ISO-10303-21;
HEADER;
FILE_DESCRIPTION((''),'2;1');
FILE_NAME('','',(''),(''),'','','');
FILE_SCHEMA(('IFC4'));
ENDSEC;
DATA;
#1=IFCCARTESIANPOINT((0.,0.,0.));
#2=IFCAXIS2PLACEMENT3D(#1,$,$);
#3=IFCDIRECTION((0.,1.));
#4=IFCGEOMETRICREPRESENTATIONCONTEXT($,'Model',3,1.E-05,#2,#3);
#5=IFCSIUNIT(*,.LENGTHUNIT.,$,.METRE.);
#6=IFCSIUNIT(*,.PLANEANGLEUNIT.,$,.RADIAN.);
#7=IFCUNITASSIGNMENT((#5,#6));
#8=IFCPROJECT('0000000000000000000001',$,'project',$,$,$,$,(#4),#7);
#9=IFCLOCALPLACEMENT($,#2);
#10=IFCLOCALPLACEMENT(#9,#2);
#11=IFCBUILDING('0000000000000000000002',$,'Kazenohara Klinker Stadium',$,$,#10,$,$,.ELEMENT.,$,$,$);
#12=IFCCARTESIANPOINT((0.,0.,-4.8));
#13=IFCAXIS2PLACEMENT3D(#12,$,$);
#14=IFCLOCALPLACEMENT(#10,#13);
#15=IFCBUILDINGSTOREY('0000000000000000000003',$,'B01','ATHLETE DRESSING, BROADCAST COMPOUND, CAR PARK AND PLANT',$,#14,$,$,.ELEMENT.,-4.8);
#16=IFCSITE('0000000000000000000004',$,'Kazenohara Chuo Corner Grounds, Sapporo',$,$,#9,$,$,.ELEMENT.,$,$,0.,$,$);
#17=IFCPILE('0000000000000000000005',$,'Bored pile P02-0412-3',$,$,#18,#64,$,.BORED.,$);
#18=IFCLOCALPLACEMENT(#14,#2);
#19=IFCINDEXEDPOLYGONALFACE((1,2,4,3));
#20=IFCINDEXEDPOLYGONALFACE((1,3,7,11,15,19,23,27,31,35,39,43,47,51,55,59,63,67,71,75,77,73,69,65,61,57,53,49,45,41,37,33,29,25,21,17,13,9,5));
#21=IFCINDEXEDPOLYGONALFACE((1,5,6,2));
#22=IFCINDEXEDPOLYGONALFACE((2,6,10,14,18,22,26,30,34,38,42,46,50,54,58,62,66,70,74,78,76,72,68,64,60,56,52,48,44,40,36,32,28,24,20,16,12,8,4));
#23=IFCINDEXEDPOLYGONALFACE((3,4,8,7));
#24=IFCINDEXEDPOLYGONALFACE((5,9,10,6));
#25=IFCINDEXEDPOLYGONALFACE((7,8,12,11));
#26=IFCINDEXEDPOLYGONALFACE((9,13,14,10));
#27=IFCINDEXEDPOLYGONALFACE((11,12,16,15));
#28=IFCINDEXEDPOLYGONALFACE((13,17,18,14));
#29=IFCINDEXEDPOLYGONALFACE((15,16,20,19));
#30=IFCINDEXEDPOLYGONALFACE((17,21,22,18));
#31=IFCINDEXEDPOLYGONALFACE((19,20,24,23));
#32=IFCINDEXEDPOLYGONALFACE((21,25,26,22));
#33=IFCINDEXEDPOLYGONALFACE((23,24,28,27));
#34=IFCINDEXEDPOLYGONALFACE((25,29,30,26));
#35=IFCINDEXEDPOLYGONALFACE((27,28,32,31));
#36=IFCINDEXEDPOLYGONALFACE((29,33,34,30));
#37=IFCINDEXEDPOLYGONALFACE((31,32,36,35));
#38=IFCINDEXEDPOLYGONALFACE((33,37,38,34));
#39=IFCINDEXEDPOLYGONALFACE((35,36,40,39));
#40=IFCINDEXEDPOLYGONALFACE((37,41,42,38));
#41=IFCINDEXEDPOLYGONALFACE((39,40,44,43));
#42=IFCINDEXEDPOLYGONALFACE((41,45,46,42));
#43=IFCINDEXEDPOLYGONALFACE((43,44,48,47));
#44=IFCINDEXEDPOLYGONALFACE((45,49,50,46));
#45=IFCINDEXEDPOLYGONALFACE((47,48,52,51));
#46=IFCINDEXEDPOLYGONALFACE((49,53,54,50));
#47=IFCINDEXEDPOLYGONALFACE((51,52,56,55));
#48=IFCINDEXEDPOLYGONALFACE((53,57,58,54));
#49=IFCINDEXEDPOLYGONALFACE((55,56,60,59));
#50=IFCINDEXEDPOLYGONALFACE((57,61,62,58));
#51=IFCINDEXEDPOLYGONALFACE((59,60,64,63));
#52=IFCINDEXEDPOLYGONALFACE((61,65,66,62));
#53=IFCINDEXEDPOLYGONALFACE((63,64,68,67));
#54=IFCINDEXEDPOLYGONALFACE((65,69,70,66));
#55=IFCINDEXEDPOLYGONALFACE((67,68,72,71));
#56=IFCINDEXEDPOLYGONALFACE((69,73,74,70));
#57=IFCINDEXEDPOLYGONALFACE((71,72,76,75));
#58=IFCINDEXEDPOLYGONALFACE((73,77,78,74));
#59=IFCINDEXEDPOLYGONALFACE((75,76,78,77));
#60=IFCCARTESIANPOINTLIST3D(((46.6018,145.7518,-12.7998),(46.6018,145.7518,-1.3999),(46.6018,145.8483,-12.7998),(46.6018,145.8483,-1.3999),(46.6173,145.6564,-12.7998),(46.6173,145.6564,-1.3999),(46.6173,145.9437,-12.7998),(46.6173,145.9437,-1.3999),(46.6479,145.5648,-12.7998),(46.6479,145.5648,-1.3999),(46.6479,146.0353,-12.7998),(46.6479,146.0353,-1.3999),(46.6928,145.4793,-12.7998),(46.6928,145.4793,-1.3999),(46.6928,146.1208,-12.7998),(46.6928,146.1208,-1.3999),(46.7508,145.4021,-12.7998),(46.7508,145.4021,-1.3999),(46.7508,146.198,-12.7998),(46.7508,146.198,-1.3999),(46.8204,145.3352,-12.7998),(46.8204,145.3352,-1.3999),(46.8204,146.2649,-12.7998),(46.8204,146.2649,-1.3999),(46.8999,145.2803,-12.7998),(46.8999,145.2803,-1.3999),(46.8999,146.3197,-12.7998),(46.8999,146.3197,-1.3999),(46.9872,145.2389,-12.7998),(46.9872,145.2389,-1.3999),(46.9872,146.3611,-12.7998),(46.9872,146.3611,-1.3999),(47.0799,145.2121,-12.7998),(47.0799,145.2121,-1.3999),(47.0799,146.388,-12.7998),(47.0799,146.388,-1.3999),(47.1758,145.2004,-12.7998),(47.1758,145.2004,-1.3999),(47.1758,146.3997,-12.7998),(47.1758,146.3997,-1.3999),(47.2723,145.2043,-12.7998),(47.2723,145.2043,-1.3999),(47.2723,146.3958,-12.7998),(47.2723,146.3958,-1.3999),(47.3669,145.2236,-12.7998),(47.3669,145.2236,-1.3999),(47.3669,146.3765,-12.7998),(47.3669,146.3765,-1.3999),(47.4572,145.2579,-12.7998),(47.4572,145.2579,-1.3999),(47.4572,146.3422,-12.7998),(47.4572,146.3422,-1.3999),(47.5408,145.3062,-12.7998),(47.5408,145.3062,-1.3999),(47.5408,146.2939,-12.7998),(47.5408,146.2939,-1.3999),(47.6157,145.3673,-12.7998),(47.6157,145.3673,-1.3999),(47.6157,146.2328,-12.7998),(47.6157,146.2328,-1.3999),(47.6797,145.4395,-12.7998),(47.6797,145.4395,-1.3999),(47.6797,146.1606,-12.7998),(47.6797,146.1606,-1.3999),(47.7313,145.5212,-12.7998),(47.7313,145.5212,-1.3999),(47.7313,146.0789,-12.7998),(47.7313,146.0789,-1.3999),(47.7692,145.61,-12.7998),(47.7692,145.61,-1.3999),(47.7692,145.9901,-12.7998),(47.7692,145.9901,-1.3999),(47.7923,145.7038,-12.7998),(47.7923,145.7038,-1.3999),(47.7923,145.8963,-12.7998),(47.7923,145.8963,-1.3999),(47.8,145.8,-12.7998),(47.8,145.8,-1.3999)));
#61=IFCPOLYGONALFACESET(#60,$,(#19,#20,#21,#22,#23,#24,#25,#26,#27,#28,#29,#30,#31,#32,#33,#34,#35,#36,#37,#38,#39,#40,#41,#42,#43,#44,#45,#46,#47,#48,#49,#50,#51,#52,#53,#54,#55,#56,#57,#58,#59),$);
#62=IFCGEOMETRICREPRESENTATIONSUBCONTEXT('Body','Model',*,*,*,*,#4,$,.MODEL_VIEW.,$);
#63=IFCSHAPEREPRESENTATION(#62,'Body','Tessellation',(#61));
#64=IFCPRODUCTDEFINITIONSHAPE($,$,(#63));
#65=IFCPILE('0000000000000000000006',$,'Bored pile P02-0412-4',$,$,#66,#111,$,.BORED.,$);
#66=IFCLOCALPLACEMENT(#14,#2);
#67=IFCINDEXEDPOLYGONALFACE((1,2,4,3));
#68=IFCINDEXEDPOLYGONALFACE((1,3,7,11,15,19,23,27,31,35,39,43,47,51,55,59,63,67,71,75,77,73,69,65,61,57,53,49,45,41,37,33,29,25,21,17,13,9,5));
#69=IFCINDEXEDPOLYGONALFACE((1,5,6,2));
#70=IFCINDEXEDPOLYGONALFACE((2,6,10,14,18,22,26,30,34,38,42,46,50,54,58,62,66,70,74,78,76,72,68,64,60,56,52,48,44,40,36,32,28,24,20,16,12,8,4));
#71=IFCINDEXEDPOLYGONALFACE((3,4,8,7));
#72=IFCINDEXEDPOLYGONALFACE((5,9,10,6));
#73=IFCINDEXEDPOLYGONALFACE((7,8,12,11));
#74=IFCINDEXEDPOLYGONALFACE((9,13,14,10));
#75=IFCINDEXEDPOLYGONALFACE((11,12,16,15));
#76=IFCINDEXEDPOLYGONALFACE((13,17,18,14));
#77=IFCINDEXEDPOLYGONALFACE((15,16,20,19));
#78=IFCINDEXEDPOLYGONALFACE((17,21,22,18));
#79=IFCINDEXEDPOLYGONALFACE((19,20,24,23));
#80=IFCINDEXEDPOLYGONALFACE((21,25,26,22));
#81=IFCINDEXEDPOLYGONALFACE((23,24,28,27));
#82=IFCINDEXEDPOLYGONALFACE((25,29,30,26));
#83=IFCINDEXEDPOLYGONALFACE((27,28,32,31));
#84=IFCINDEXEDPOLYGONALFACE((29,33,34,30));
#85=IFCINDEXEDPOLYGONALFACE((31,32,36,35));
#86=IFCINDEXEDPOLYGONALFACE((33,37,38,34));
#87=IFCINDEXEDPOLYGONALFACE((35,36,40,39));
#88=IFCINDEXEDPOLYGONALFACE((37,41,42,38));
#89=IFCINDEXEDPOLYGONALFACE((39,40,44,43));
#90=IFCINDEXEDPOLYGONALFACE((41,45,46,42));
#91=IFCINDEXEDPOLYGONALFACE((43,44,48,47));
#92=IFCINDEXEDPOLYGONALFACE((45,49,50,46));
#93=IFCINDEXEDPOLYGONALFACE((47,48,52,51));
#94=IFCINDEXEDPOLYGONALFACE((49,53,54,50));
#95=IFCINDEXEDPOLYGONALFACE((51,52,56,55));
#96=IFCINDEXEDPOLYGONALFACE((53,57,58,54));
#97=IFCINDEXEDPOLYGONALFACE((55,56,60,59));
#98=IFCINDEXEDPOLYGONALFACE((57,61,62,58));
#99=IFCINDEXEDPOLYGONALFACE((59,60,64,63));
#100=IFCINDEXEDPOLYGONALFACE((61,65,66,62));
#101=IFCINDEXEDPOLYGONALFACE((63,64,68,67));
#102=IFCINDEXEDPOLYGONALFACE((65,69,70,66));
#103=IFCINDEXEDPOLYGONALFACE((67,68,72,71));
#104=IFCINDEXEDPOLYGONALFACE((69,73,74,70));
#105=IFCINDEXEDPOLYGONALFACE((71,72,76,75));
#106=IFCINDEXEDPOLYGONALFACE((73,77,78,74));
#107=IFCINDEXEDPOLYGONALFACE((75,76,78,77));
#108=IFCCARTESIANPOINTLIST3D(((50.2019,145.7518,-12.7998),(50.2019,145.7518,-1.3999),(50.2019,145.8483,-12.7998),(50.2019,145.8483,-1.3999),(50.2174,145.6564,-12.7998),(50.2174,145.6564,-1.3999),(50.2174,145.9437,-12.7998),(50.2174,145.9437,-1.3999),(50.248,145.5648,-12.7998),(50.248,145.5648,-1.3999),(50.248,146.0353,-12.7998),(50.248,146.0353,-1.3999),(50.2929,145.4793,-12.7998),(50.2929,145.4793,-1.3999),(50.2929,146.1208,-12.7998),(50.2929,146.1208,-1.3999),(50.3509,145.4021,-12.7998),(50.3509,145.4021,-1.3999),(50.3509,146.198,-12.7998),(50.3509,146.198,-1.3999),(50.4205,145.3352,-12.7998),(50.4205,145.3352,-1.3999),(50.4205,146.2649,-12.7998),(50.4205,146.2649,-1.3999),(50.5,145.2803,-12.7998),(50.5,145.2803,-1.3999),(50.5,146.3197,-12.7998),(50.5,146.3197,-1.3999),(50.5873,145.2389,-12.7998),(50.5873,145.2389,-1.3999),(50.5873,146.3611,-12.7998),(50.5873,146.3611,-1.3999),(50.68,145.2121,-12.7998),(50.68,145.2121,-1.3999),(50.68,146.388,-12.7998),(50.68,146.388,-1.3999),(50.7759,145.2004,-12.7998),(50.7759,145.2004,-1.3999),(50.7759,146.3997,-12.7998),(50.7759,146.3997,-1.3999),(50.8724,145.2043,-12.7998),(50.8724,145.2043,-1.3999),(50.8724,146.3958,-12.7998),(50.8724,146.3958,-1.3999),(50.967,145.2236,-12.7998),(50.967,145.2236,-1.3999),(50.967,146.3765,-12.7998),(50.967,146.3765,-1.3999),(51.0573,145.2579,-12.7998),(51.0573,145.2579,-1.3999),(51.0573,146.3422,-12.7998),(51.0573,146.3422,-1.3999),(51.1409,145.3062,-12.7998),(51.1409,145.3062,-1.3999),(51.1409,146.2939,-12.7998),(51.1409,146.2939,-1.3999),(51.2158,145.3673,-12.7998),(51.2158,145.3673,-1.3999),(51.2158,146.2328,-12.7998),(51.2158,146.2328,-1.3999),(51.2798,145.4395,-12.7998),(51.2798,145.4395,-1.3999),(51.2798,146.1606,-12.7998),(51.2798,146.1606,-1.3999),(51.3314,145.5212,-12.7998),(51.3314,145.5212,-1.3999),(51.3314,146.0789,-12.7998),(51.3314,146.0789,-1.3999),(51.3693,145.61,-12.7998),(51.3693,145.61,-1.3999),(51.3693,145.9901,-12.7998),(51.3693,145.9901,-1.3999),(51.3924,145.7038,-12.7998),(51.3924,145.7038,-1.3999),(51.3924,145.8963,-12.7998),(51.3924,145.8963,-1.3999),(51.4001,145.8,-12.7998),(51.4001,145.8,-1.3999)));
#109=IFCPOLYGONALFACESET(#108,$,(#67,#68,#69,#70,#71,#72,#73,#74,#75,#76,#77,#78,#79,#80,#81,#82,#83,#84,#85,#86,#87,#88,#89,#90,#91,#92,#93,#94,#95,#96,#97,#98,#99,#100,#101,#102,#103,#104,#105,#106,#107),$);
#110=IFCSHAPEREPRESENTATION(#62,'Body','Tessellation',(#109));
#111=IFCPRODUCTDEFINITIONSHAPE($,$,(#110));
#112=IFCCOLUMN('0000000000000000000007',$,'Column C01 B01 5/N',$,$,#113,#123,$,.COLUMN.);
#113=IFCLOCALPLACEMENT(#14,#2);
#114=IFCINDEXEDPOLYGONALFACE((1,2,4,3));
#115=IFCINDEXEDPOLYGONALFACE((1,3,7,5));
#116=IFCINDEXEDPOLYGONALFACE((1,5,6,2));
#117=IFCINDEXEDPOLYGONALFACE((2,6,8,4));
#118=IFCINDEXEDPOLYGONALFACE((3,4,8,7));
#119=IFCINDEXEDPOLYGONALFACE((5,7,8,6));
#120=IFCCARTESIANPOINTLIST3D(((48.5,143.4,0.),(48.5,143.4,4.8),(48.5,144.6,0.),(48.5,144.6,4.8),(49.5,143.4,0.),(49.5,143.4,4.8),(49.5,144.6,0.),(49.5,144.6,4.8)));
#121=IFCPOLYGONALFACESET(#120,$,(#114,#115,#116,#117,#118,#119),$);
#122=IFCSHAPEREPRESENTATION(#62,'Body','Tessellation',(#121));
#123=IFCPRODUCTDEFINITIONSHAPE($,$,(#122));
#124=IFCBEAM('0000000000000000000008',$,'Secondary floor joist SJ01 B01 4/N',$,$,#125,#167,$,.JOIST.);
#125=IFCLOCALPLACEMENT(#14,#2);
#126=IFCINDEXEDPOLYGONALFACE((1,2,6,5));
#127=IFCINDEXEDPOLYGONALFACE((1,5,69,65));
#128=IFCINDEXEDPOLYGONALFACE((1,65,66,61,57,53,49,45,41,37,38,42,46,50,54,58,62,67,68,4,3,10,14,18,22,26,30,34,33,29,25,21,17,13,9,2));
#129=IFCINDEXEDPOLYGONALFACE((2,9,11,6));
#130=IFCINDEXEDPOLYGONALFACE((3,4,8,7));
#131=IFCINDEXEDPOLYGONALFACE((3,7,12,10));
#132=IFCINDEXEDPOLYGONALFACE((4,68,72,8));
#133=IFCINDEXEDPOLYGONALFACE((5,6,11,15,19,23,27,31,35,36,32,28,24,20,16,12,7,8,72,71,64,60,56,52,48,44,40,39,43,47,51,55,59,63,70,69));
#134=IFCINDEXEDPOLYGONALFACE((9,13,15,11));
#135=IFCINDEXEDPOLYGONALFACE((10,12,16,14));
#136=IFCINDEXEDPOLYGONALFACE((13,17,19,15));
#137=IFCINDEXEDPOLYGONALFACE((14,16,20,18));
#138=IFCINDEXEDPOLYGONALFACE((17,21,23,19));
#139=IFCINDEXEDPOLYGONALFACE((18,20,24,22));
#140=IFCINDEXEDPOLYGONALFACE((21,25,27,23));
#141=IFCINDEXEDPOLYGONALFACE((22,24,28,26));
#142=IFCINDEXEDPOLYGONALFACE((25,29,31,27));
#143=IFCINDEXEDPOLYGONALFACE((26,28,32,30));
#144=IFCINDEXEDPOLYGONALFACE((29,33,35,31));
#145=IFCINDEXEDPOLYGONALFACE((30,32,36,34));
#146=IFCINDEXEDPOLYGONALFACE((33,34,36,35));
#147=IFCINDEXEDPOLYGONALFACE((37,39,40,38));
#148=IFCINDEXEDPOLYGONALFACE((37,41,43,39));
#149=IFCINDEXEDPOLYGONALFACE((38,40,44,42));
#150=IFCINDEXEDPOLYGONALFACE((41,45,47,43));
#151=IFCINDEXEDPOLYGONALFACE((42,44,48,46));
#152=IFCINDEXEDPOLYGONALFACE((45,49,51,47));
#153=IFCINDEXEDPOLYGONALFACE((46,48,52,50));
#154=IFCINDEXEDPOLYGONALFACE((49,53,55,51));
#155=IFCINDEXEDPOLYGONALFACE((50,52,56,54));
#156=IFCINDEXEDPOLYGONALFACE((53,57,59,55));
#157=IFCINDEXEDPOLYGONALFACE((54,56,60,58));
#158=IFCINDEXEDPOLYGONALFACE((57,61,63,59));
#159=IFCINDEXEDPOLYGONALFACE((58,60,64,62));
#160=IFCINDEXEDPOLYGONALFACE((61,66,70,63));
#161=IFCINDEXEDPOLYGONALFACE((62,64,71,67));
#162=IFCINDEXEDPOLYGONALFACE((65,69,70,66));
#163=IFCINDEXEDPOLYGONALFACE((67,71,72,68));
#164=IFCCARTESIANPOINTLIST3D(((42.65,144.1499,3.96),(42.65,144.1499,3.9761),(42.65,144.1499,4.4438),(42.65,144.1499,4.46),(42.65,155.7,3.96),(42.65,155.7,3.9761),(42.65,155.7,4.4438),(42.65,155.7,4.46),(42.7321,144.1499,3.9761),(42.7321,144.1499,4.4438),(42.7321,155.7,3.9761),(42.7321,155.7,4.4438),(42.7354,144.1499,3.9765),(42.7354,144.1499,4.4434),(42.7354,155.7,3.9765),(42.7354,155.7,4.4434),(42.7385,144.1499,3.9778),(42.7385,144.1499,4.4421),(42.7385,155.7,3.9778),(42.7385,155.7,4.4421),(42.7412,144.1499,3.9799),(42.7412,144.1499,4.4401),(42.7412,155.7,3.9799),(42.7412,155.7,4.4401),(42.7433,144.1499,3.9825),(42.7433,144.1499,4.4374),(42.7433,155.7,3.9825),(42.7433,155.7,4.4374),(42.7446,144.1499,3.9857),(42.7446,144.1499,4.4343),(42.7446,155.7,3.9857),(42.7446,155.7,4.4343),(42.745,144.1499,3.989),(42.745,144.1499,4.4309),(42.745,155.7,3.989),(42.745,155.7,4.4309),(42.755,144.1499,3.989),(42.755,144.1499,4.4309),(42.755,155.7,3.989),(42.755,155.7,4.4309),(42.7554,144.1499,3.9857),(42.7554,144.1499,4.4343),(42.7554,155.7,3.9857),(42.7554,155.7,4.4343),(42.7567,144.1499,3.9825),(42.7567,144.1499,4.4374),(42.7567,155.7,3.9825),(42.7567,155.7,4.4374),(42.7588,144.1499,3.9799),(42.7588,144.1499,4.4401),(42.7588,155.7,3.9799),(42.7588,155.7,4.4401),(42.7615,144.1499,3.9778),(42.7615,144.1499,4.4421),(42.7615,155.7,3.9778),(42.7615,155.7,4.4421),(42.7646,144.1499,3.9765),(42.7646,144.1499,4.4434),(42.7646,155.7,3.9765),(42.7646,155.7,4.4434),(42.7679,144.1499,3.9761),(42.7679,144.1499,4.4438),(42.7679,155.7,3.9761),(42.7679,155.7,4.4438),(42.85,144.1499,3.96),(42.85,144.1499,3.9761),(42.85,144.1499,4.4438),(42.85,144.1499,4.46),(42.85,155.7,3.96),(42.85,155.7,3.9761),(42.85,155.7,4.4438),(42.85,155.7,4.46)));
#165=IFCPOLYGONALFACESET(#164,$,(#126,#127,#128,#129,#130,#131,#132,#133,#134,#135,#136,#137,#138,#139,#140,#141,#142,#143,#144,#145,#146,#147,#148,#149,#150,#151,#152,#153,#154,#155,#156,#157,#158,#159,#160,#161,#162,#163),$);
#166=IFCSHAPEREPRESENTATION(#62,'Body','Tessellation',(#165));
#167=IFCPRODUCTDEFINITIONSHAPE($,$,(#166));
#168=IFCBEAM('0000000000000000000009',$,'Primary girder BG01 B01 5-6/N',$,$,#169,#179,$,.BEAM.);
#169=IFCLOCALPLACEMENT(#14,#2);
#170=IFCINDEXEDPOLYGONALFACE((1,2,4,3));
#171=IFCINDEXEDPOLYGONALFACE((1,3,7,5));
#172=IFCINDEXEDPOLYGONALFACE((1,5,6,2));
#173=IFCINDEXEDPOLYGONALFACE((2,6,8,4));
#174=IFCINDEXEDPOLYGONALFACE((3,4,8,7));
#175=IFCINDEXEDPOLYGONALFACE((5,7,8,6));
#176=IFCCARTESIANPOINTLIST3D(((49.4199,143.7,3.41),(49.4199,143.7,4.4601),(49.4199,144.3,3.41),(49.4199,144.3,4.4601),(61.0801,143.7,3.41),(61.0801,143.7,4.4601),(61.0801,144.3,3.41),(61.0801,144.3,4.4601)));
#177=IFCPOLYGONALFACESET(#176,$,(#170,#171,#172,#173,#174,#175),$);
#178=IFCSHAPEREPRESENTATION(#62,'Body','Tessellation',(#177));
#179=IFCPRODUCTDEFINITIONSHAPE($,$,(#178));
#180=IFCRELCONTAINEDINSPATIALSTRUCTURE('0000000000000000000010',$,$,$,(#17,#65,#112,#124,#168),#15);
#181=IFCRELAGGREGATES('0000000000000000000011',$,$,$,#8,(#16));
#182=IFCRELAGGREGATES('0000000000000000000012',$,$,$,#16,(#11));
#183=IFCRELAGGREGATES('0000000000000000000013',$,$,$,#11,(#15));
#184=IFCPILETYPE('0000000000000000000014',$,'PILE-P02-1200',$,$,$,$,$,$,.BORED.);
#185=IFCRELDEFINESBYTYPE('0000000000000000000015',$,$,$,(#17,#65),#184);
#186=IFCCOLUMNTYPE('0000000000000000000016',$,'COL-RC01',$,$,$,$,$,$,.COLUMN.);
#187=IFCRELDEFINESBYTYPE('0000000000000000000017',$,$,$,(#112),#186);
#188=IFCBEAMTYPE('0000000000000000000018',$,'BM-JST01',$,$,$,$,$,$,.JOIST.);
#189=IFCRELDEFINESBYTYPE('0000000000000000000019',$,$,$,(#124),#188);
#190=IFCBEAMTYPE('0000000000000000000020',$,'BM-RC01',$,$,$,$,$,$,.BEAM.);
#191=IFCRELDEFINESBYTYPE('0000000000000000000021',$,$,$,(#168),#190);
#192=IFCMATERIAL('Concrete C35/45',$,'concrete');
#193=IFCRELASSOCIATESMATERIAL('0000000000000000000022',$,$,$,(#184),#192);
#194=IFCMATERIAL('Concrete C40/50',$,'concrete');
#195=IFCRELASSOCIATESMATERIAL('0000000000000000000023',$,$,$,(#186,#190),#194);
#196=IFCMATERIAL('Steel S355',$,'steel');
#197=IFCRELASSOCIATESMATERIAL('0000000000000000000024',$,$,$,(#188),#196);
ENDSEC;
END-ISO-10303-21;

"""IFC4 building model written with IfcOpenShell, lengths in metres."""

from ifc_helpers import new_model, si_unit, direction, frame, origin, origin_2d, place, context, subcontext, project, spatial, rectangle, circle, i_section, extrude, material, material_profile, profile_set, type_object, element, save


model = new_model("IFC4")

# Units and contexts
model_context = context("Model", 3, precision=1e-05, world=origin(), true_north=direction((0.0, 1.0)))
body_context = subcontext(model_context, "Body", "Model", "MODEL_VIEW")
ifc_project = project(units=[si_unit("LENGTHUNIT", "METRE"), si_unit("PLANEANGLEUNIT", "RADIAN")], contexts=[model_context])

# Site, building, storey
site_placement = place(None, origin())
site = spatial("IfcSite", under=ifc_project, at=site_placement, Name="Kazenohara Chuo Corner Grounds, Sapporo", CompositionType="ELEMENT", RefElevation=0.0)
building_placement = place(site_placement, origin())
building = spatial("IfcBuilding", under=site, at=building_placement, Name="Kazenohara Klinker Stadium", CompositionType="ELEMENT")
storey_placement = place(building_placement, frame((0.0, 0.0, -4.8)))
storey = spatial("IfcBuildingStorey", under=building, at=storey_placement, Name="B01", Description="ATHLETE DRESSING, BROADCAST COMPOUND, CAR PARK AND PLANT", CompositionType="ELEMENT", Elevation=-4.8)

# Shared definitions
ifc_material_1 = material(Name="Concrete C35/45", Category="concrete")

# Piles
ifc_material_profile_1 = material_profile(ifc_material_1, circle(Radius=0.6001, at=origin_2d()), Name="BORED-PILE-1200")
ifc_profile_set_1 = profile_set([ifc_material_profile_1], Name="Concrete C35/45")
pile_type_1 = type_object("IfcPileType", Name="PILE-P02-1200", PredefinedType="BORED", material=ifc_profile_set_1)
for number, where, z_axis, x_axis, name in (
    (1, (47.2, 145.8, -1.3999), (0.0, 0.0, -1.0), (1.0, 0.0, 0.0), "Bored pile P02-0412-3"),
    (2, (50.8, 145.8, -1.3999), (0.0, 0.0, -1.0), (1.0, 0.0, 0.0), "Bored pile P02-0412-4"),
):
    element("IfcPile", number, at=place(storey_placement, frame(where, z_axis=z_axis, x_axis=x_axis)), inside=storey, type_object=pile_type_1, Name=name, PredefinedType="BORED", context=body_context, shape_type="SweptSolid", body=[
        extrude(circle(Radius=0.6001, at=origin_2d()), origin(), (0.0, 0.0, 1.0), 11.3999),
    ])

# Column
ifc_material_2 = material(Name="Concrete C40/50", Category="concrete")
ifc_material_profile_2 = material_profile(ifc_material_2, rectangle(XDim=1.0, YDim=1.2, at=origin_2d()), Name="RC-COL-1200x1000")
ifc_profile_set_2 = profile_set([ifc_material_profile_2], Name="Concrete C40/50")
column_type = type_object("IfcColumnType", Name="COL-RC01", PredefinedType="COLUMN", material=ifc_profile_set_2)
column_placement = place(storey_placement, frame((49.0, 144.0, 0.0), z_axis=(0.0, 0.0, 1.0), x_axis=(1.0, 0.0, 0.0)))
element("IfcColumn", 3, at=column_placement, inside=storey, type_object=column_type, Name="Column C01 B01 5/N", PredefinedType="COLUMN", context=body_context, shape_type="SweptSolid", body=[
    extrude(rectangle(XDim=1.0, YDim=1.2, at=origin_2d()), origin(), (0.0, 0.0, 1.0), 4.8),
])

# Beams
ifc_material_3 = material(Name="Steel S355", Category="steel")
ifc_material_profile_3 = material_profile(ifc_material_3, i_section(OverallWidth=0.2, OverallDepth=0.5, WebThickness=0.01, FlangeThickness=0.0161, FilletRadius=0.0129, at=origin_2d()), Name="H-500x200x10x16")
ifc_profile_set_3 = profile_set([ifc_material_profile_3], Name="Steel S355")
beam_type_1 = type_object("IfcBeamType", Name="BM-JST01", PredefinedType="JOIST", material=ifc_profile_set_3)
beam_1_placement = place(storey_placement, frame((42.75, 144.1499, 4.21), z_axis=(0.0, 1.0, 0.0), x_axis=(-1.0, 0.0, 0.0)))
element("IfcBeam", 4, at=beam_1_placement, inside=storey, type_object=beam_type_1, Name="Secondary floor joist SJ01 B01 4/N", PredefinedType="JOIST", context=body_context, shape_type="SweptSolid", body=[
    extrude(i_section(OverallWidth=0.2, OverallDepth=0.5, WebThickness=0.01, FlangeThickness=0.0161, FilletRadius=0.0129, at=origin_2d()), origin(), (0.0, 0.0, 1.0), 11.55),
])
ifc_material_profile_4 = material_profile(ifc_material_2, rectangle(XDim=0.6001, YDim=1.05, at=origin_2d()), Name="RC-BM-600x1050")
ifc_profile_set_4 = profile_set([ifc_material_profile_4], Name="Concrete C40/50")
beam_type_2 = type_object("IfcBeamType", Name="BM-RC01", PredefinedType="BEAM", material=ifc_profile_set_4)
beam_2_placement = place(storey_placement, frame((49.4199, 144.0, 3.9351), z_axis=(1.0, 0.0, 0.0), x_axis=(0.0, 1.0, 0.0)))
element("IfcBeam", 5, at=beam_2_placement, inside=storey, type_object=beam_type_2, Name="Primary girder BG01 B01 5-6/N", PredefinedType="BEAM", context=body_context, shape_type="SweptSolid", body=[
    extrude(rectangle(XDim=0.6001, YDim=1.05, at=origin_2d()), origin(), (0.0, 0.0, 1.0), 11.6602),
])

save(model, "model.ifc")
